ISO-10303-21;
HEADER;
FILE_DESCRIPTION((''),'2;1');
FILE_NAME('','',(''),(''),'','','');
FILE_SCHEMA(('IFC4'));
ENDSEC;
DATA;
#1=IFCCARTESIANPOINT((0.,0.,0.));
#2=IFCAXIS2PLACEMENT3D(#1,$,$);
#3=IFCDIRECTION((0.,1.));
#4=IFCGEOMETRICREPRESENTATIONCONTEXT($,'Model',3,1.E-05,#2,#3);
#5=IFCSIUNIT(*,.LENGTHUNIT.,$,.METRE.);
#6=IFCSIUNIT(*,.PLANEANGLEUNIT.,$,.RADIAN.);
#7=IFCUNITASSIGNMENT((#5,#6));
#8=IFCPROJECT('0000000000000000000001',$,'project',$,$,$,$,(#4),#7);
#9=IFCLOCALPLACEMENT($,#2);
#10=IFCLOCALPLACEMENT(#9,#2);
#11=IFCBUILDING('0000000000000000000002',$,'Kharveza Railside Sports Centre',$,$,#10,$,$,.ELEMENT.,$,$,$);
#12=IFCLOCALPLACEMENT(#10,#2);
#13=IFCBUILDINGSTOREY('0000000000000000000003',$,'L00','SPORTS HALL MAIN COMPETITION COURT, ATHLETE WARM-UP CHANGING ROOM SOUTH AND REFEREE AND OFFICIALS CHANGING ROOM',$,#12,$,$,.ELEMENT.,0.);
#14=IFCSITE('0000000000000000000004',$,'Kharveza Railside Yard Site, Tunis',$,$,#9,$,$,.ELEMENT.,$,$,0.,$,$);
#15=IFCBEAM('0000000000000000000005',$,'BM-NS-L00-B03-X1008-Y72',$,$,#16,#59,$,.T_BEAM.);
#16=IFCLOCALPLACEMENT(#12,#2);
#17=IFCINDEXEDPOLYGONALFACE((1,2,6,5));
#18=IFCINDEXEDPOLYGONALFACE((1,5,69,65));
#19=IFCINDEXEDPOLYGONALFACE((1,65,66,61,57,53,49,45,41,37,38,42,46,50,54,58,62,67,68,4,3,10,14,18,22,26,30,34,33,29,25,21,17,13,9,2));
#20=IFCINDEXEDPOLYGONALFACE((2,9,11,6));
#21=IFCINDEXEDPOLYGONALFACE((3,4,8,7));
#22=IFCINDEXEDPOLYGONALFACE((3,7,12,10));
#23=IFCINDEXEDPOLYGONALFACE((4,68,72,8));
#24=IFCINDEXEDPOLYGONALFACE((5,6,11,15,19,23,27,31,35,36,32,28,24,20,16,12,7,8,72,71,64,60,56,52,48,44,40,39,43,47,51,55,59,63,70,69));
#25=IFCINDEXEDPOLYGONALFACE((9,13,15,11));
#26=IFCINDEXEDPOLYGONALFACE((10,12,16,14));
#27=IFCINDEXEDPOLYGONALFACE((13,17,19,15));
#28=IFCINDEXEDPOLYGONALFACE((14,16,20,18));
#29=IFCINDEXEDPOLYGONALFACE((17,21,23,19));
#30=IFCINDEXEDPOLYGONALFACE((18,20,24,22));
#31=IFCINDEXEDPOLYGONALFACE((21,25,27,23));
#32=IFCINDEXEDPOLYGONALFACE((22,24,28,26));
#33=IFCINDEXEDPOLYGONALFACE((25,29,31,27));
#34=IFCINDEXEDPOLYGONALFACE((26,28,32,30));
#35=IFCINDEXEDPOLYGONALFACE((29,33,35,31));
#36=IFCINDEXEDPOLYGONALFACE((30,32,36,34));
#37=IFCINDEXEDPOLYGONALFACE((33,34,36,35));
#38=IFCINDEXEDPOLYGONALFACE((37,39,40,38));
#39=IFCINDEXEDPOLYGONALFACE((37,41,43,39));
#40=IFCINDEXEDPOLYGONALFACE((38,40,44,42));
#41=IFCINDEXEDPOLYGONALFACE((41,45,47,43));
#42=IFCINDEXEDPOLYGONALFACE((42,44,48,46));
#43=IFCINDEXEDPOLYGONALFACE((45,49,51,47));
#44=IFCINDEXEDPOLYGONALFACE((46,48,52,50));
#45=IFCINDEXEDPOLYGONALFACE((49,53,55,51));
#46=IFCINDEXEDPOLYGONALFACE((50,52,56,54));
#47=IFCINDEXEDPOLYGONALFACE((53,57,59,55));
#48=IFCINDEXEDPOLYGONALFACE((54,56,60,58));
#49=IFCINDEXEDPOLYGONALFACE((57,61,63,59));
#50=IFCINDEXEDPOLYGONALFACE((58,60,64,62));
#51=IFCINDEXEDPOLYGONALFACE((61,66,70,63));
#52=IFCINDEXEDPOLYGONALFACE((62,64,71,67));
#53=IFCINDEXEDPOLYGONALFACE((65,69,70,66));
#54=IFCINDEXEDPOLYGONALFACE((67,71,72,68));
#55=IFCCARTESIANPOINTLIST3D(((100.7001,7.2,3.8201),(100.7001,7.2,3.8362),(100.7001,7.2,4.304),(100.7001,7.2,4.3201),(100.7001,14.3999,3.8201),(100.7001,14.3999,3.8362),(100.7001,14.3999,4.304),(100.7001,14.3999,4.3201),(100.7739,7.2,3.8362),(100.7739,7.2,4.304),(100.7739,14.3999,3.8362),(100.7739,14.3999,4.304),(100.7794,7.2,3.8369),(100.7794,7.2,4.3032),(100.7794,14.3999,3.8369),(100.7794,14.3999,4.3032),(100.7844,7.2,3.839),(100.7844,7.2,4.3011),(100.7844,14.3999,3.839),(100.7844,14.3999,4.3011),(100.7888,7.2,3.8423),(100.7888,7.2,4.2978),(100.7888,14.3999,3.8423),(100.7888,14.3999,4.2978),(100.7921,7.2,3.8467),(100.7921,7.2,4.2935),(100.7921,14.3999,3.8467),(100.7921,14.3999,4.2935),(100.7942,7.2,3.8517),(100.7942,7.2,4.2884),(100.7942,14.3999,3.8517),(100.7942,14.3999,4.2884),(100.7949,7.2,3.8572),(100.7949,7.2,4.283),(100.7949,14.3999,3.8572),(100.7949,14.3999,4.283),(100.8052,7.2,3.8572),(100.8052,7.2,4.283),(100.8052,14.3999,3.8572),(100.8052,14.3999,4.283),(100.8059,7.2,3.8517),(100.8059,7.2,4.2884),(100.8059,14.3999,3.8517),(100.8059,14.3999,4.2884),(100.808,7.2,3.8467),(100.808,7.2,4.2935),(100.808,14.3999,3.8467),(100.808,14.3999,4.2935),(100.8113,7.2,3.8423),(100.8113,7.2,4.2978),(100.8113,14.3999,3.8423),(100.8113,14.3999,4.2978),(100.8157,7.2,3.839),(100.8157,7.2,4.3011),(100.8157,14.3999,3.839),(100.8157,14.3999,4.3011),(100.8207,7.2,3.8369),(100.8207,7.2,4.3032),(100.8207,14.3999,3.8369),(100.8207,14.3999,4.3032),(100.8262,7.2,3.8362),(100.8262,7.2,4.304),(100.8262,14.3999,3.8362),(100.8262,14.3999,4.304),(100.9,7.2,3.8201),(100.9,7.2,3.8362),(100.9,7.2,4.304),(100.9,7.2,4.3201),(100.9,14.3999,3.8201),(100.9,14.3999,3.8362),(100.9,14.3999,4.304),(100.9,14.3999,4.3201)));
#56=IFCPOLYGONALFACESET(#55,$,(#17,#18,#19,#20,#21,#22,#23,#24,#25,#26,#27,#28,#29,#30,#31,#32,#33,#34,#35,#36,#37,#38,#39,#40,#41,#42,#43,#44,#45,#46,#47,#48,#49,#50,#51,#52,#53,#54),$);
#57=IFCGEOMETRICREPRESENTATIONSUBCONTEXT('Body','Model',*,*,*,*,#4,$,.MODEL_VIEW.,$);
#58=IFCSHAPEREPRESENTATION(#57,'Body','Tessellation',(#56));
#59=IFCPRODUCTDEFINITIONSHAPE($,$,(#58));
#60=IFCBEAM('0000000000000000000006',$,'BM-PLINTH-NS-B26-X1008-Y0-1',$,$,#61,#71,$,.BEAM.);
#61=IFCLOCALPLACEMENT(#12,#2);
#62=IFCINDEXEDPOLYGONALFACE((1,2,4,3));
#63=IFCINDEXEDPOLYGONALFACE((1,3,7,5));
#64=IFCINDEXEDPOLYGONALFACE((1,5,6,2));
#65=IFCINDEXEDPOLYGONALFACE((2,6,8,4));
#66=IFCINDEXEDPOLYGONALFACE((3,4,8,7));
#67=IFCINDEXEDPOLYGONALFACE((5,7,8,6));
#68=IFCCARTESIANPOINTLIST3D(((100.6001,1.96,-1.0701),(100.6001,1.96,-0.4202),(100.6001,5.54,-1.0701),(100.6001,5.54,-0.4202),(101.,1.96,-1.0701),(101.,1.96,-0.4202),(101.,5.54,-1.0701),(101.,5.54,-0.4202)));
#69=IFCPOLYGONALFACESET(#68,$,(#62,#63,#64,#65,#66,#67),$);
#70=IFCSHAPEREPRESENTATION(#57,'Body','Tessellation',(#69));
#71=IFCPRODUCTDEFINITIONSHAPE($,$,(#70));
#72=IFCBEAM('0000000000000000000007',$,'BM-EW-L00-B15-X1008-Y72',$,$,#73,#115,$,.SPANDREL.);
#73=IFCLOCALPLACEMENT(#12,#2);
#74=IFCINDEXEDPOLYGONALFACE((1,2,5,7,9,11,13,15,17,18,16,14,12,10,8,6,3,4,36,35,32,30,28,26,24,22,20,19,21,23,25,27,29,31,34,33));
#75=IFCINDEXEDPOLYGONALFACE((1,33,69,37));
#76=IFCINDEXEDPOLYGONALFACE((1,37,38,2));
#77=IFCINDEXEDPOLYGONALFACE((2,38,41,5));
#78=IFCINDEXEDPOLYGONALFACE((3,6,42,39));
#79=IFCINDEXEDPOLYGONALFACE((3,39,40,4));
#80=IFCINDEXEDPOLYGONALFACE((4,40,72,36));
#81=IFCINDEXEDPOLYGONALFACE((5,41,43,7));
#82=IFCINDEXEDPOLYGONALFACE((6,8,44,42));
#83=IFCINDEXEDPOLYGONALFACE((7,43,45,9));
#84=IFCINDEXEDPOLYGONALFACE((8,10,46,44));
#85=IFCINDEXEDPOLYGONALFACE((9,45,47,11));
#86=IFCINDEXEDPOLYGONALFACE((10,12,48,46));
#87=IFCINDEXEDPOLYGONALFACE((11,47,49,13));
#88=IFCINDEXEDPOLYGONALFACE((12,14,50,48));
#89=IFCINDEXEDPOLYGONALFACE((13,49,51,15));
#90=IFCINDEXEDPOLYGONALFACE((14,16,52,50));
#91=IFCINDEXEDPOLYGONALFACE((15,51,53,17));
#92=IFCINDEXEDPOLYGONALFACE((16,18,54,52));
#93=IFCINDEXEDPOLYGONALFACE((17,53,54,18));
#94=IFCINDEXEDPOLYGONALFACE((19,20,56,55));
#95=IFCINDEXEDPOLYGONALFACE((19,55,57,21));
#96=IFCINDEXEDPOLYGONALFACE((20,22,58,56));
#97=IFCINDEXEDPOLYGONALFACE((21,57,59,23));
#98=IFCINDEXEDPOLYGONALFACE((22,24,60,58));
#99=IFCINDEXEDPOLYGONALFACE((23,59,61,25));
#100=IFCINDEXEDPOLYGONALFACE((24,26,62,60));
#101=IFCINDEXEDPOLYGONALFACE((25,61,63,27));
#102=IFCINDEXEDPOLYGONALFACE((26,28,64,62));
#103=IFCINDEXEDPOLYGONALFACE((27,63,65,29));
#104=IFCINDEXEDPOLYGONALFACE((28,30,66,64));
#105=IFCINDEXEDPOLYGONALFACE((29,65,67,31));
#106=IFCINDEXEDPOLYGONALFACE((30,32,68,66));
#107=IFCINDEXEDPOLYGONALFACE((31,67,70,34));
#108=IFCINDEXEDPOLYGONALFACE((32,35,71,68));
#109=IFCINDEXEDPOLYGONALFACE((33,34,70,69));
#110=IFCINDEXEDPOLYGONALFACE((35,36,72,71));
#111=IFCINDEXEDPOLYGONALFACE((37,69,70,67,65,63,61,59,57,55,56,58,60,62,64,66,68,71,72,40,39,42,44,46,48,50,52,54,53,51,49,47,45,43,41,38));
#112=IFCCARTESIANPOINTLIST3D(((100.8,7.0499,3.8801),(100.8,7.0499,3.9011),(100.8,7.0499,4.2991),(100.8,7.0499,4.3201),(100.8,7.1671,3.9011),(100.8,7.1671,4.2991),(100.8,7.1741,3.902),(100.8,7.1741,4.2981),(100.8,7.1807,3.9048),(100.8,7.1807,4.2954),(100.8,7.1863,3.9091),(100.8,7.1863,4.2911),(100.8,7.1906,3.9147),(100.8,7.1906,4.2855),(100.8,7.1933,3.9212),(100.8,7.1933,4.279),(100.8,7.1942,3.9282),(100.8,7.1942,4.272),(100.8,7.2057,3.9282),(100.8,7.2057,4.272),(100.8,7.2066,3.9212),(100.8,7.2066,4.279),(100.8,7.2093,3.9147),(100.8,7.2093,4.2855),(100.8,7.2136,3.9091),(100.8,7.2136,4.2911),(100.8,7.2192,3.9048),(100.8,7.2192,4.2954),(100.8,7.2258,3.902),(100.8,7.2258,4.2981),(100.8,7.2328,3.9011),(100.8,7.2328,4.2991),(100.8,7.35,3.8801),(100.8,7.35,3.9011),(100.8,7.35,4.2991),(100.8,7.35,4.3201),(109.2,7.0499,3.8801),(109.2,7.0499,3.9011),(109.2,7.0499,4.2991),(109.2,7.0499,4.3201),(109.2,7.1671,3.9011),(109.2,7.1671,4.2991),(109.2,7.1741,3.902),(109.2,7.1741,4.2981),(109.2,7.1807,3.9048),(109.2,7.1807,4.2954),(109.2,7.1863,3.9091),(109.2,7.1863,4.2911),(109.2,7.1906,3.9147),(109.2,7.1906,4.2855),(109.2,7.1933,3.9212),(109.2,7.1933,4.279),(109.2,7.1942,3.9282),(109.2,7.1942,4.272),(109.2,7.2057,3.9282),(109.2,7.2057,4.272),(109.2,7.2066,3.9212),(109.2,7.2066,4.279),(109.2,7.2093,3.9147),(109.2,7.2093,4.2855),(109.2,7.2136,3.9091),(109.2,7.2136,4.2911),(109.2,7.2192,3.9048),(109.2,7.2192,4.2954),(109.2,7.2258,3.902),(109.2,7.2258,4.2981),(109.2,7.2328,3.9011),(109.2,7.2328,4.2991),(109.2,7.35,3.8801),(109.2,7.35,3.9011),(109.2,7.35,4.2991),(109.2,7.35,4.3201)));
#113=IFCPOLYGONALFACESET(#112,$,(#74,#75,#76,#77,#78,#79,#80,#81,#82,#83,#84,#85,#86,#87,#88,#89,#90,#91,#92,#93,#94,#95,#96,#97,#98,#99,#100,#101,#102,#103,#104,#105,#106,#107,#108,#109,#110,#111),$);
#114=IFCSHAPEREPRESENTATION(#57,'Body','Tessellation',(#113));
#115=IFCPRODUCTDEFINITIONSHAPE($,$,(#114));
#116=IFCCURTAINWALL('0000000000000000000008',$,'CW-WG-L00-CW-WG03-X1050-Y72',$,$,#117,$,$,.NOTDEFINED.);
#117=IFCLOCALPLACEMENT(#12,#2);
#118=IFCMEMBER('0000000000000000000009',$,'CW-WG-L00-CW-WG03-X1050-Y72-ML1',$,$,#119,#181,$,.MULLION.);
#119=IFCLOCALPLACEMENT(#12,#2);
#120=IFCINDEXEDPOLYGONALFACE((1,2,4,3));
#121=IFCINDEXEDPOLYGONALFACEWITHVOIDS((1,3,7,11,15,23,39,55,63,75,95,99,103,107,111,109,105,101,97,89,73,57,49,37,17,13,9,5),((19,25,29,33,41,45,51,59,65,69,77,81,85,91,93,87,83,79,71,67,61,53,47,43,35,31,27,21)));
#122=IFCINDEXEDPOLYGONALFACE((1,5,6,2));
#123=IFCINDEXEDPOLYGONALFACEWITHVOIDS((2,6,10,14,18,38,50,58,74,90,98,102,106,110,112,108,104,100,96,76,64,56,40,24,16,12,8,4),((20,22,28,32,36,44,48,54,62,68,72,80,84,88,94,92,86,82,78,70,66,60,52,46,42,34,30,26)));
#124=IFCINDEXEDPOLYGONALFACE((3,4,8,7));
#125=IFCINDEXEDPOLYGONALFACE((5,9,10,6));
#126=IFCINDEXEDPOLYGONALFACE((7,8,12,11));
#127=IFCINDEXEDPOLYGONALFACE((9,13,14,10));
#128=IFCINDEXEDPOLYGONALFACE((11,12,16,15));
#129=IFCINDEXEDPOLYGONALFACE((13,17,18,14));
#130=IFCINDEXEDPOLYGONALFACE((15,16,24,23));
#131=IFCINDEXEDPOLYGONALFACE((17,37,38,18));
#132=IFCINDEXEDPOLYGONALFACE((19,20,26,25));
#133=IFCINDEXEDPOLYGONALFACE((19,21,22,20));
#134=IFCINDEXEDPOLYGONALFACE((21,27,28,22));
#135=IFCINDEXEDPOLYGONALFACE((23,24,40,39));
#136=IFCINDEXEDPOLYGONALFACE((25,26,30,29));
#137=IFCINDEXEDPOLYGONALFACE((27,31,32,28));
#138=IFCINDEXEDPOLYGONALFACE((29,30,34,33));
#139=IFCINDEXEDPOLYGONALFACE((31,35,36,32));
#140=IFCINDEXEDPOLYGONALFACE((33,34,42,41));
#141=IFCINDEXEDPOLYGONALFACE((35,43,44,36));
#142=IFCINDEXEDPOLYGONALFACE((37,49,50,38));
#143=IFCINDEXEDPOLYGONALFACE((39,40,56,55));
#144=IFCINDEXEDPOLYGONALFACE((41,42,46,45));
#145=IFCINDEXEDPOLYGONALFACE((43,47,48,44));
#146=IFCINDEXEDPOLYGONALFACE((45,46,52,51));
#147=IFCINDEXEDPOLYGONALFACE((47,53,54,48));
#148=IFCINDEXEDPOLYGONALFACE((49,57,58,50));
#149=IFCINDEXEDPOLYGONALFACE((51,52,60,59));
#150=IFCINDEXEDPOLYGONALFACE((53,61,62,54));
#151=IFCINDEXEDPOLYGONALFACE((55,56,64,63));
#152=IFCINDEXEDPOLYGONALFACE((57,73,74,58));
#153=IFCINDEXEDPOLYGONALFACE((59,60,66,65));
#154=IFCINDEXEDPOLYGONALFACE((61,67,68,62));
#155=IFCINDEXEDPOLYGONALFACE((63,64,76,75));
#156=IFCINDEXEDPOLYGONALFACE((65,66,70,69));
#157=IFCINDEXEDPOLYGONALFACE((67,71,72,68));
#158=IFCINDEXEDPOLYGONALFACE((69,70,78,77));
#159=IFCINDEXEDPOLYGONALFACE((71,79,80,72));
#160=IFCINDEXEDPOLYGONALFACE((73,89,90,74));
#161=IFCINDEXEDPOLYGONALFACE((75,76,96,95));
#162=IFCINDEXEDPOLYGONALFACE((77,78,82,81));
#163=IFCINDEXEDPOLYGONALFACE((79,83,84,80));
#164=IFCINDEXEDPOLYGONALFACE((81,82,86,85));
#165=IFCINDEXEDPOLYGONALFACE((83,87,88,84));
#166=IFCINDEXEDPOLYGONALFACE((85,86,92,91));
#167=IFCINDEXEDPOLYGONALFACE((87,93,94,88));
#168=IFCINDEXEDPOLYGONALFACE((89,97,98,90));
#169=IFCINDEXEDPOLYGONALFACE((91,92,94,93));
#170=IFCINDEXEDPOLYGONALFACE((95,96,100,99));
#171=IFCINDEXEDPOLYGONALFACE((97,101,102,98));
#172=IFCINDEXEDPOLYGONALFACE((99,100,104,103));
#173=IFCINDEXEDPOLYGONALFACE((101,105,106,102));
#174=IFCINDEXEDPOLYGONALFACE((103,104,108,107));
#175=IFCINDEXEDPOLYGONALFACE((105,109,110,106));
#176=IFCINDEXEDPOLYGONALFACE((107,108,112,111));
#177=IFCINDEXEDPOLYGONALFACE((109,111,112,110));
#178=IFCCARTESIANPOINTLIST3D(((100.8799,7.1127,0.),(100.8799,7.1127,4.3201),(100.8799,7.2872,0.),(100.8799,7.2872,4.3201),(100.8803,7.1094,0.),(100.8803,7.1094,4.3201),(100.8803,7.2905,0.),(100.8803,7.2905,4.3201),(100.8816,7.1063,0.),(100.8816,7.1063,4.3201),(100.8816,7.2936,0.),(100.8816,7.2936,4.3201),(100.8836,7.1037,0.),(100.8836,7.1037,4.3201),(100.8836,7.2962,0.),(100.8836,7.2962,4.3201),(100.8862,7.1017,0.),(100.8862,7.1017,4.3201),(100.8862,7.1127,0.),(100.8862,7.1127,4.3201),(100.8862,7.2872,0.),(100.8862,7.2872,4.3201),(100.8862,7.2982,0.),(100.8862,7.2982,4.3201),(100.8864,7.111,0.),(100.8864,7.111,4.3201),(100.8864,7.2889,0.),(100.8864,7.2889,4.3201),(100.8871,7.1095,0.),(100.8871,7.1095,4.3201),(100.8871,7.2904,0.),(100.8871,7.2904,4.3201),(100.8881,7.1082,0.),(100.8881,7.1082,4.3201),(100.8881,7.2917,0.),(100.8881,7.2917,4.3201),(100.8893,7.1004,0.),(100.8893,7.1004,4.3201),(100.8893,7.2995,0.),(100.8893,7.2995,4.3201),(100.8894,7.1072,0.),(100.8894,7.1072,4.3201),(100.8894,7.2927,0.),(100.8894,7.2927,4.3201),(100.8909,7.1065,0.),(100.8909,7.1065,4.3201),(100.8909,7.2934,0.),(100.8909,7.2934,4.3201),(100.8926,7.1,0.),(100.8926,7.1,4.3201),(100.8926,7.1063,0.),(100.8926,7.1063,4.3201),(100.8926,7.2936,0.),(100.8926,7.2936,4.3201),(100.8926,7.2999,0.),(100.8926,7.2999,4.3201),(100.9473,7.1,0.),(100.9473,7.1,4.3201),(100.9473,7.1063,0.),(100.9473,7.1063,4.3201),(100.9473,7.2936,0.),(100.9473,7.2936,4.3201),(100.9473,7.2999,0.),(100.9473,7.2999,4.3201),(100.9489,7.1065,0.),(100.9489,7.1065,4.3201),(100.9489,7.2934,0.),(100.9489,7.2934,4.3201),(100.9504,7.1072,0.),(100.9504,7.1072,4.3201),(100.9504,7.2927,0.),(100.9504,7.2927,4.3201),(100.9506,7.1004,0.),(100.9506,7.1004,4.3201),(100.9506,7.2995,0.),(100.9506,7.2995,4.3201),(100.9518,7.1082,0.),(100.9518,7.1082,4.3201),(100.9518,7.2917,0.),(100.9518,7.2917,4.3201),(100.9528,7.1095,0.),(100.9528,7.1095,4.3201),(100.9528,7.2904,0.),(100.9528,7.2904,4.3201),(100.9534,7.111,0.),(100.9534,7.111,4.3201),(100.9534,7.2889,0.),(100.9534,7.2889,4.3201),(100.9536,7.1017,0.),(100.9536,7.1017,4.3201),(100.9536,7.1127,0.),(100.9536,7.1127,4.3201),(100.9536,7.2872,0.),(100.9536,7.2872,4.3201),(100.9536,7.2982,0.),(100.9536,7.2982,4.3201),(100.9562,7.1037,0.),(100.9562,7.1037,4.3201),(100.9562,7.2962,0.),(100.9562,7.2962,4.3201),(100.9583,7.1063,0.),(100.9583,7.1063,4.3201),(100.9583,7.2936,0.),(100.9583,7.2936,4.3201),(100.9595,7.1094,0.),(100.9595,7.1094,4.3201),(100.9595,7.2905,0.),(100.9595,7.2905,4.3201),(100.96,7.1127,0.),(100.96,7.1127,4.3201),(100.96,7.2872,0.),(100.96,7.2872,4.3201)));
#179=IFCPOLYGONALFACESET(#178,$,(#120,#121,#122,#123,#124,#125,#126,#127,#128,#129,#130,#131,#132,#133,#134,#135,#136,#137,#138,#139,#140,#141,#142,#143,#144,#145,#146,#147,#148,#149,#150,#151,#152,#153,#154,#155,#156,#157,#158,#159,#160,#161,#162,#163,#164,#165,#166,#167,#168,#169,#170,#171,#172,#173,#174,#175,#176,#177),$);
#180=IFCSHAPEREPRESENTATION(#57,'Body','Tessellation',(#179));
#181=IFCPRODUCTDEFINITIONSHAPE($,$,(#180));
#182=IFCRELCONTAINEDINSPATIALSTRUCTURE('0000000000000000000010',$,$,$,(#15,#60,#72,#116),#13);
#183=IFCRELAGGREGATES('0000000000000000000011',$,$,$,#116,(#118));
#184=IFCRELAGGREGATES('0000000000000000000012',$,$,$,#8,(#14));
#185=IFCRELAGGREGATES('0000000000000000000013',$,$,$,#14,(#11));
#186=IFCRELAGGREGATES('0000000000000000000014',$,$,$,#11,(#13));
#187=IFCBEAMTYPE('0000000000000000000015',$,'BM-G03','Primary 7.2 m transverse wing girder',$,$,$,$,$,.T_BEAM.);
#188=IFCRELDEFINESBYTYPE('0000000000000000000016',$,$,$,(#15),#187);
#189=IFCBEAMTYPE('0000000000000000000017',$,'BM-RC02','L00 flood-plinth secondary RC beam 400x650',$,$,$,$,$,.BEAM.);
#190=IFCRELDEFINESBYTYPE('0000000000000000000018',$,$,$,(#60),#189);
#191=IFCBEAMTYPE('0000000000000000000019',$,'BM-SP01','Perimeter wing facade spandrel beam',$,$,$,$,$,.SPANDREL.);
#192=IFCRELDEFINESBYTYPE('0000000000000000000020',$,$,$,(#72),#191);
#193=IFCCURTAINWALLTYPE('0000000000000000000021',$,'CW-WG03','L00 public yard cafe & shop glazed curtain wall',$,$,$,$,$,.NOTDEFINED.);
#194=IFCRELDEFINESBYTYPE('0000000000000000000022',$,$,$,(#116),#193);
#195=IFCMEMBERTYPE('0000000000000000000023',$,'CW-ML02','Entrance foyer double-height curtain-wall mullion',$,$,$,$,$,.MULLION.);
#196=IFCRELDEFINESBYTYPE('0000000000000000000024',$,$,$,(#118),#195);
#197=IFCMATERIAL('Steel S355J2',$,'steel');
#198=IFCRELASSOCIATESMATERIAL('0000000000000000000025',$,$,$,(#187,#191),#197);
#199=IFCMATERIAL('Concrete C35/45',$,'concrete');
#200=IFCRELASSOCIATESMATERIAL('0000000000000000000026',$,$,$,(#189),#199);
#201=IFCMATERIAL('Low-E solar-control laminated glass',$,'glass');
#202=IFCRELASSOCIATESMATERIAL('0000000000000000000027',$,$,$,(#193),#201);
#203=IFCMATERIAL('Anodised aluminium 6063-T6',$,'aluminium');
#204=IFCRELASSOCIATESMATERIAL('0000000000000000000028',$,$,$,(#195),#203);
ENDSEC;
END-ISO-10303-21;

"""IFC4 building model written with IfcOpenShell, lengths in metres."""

from ifc_helpers import new_model, si_unit, direction, frame, origin, origin_2d, place, context, subcontext, project, spatial, rectangle, hollow_rectangle, i_section, extrude, material, material_profile, profile_set, type_object, element, aggregate, save


model = new_model("IFC4")

# Units and contexts
model_context = context("Model", 3, precision=1e-05, world=origin(), true_north=direction((0.0, 1.0)))
body_context = subcontext(model_context, "Body", "Model", "MODEL_VIEW")
ifc_project = project(units=[si_unit("LENGTHUNIT", "METRE"), si_unit("PLANEANGLEUNIT", "RADIAN")], contexts=[model_context])

# Site, building, storey
site_placement = place(None, origin())
site = spatial("IfcSite", under=ifc_project, at=site_placement, Name="Kharveza Railside Yard Site, Tunis", CompositionType="ELEMENT", RefElevation=0.0)
building_placement = place(site_placement, origin())
building = spatial("IfcBuilding", under=site, at=building_placement, Name="Kharveza Railside Sports Centre", CompositionType="ELEMENT")
storey_placement = place(building_placement, origin())
storey = spatial("IfcBuildingStorey", under=building, at=storey_placement, Name="L00", Description="SPORTS HALL MAIN COMPETITION COURT, ATHLETE WARM-UP CHANGING ROOM SOUTH AND REFEREE AND OFFICIALS CHANGING ROOM", CompositionType="ELEMENT", Elevation=0.0)

# Shared definitions
ifc_material_1 = material(Name="Concrete C35/45", Category="concrete")

# Shared definitions
ifc_material_2 = material(Name="Steel S355J2", Category="steel")

# Beams
ifc_material_profile_1 = material_profile(ifc_material_2, i_section(OverallWidth=0.2, OverallDepth=0.5, WebThickness=0.0103, FlangeThickness=0.0161, FilletRadius=0.021, at=origin_2d()), Name="IPE 500")
ifc_profile_set_1 = profile_set([ifc_material_profile_1], Name="Steel S355J2")
beam_type_1 = type_object("IfcBeamType", Name="BM-G03", Description="Primary 7.2 m transverse wing girder", PredefinedType="T_BEAM", material=ifc_profile_set_1)
for number, where, z_axis, x_axis, name in (
    (1, (100.8, 7.2, 4.0701), (0.0, 1.0, 0.0), (-1.0, 0.0, 0.0), "BM-NS-L00-B03-X1008-Y72"),
):
    element("IfcBeam", number, at=place(storey_placement, frame(where, z_axis=z_axis, x_axis=x_axis)), inside=storey, type_object=beam_type_1, Name=name, PredefinedType="T_BEAM", context=body_context, shape_type="SweptSolid", body=[
        extrude(i_section(OverallWidth=0.2, OverallDepth=0.5, WebThickness=0.0103, FlangeThickness=0.0161, FilletRadius=0.021, at=origin_2d()), origin(), (0.0, 0.0, 1.0), 7.2),
    ])
ifc_material_profile_2 = material_profile(ifc_material_1, rectangle(XDim=0.3999, YDim=0.6499, at=origin_2d()), Name="RCB 400x650")
ifc_profile_set_2 = profile_set([ifc_material_profile_2], Name="Concrete C35/45")
beam_type_2 = type_object("IfcBeamType", Name="BM-RC02", Description="L00 flood-plinth secondary RC beam 400x650", PredefinedType="BEAM", material=ifc_profile_set_2)
beam_1_placement = place(storey_placement, frame((100.8, 1.96, -0.7451), z_axis=(0.0, 1.0, 0.0), x_axis=(-1.0, 0.0, 0.0)))
element("IfcBeam", 2, at=beam_1_placement, inside=storey, type_object=beam_type_2, Name="BM-PLINTH-NS-B26-X1008-Y0-1", PredefinedType="BEAM", context=body_context, shape_type="SweptSolid", body=[
    extrude(rectangle(XDim=0.3999, YDim=0.6499, at=origin_2d()), origin(), (0.0, 0.0, 1.0), 3.5801),
])
ifc_material_profile_3 = material_profile(ifc_material_2, i_section(OverallWidth=0.3, OverallDepth=0.4399, WebThickness=0.0115, FlangeThickness=0.021, FilletRadius=0.0271, at=origin_2d()), Name="HEA 450")
ifc_profile_set_3 = profile_set([ifc_material_profile_3], Name="Steel S355J2")
beam_type_3 = type_object("IfcBeamType", Name="BM-SP01", Description="Perimeter wing facade spandrel beam", PredefinedType="SPANDREL", material=ifc_profile_set_3)
beam_2_placement = place(storey_placement, frame((100.8, 7.2, 4.1001), z_axis=(1.0, 0.0, 0.0), x_axis=(0.0, 1.0, 0.0)))
element("IfcBeam", 3, at=beam_2_placement, inside=storey, type_object=beam_type_3, Name="BM-EW-L00-B15-X1008-Y72", PredefinedType="SPANDREL", context=body_context, shape_type="SweptSolid", body=[
    extrude(i_section(OverallWidth=0.3, OverallDepth=0.4399, WebThickness=0.0115, FlangeThickness=0.021, FilletRadius=0.0271, at=origin_2d()), origin(), (0.0, 0.0, 1.0), 8.3999),
])

# Curtain wall, member
ifc_material_3 = material(Name="Low-E solar-control laminated glass", Category="glass")
curtain_wall_type = type_object("IfcCurtainWallType", Name="CW-WG03", Description="L00 public yard cafe & shop glazed curtain wall", PredefinedType="NOTDEFINED", material=ifc_material_3)
curtain_wall_placement = place(storey_placement, origin())
curtain_wall = element("IfcCurtainWall", 4, at=curtain_wall_placement, inside=storey, type_object=curtain_wall_type, Name="CW-WG-L00-CW-WG03-X1050-Y72", PredefinedType="NOTDEFINED")
ifc_material_4 = material(Name="Anodised aluminium 6063-T6", Category="aluminium")
ifc_material_profile_4 = material_profile(ifc_material_4, hollow_rectangle(XDim=0.0801, YDim=0.2, WallThickness=0.0063, InnerFilletRadius=0.0063, OuterFilletRadius=0.0127, at=origin_2d()), Name="RHS 80x200x6.3")
ifc_profile_set_4 = profile_set([ifc_material_profile_4], Name="Anodised aluminium 6063-T6")
member_type_1 = type_object("IfcMemberType", Name="CW-ML02", Description="Entrance foyer double-height curtain-wall mullion", PredefinedType="MULLION", material=ifc_profile_set_4)
member_1_placement = place(storey_placement, frame((100.9199, 7.2, 0.0), z_axis=(0.0, 0.0, 1.0), x_axis=(1.0, 0.0, 0.0)))
member_1 = element("IfcMember", 5, at=member_1_placement, type_object=member_type_1, Name="CW-WG-L00-CW-WG03-X1050-Y72-ML1", PredefinedType="MULLION", context=body_context, shape_type="SweptSolid", body=[
    extrude(hollow_rectangle(XDim=0.0801, YDim=0.2, WallThickness=0.0063, InnerFilletRadius=0.0063, OuterFilletRadius=0.0127, at=origin_2d()), origin(), (0.0, 0.0, 1.0), 4.3201),
])
aggregate(curtain_wall, [member_1])

save(model, "model.ifc")
